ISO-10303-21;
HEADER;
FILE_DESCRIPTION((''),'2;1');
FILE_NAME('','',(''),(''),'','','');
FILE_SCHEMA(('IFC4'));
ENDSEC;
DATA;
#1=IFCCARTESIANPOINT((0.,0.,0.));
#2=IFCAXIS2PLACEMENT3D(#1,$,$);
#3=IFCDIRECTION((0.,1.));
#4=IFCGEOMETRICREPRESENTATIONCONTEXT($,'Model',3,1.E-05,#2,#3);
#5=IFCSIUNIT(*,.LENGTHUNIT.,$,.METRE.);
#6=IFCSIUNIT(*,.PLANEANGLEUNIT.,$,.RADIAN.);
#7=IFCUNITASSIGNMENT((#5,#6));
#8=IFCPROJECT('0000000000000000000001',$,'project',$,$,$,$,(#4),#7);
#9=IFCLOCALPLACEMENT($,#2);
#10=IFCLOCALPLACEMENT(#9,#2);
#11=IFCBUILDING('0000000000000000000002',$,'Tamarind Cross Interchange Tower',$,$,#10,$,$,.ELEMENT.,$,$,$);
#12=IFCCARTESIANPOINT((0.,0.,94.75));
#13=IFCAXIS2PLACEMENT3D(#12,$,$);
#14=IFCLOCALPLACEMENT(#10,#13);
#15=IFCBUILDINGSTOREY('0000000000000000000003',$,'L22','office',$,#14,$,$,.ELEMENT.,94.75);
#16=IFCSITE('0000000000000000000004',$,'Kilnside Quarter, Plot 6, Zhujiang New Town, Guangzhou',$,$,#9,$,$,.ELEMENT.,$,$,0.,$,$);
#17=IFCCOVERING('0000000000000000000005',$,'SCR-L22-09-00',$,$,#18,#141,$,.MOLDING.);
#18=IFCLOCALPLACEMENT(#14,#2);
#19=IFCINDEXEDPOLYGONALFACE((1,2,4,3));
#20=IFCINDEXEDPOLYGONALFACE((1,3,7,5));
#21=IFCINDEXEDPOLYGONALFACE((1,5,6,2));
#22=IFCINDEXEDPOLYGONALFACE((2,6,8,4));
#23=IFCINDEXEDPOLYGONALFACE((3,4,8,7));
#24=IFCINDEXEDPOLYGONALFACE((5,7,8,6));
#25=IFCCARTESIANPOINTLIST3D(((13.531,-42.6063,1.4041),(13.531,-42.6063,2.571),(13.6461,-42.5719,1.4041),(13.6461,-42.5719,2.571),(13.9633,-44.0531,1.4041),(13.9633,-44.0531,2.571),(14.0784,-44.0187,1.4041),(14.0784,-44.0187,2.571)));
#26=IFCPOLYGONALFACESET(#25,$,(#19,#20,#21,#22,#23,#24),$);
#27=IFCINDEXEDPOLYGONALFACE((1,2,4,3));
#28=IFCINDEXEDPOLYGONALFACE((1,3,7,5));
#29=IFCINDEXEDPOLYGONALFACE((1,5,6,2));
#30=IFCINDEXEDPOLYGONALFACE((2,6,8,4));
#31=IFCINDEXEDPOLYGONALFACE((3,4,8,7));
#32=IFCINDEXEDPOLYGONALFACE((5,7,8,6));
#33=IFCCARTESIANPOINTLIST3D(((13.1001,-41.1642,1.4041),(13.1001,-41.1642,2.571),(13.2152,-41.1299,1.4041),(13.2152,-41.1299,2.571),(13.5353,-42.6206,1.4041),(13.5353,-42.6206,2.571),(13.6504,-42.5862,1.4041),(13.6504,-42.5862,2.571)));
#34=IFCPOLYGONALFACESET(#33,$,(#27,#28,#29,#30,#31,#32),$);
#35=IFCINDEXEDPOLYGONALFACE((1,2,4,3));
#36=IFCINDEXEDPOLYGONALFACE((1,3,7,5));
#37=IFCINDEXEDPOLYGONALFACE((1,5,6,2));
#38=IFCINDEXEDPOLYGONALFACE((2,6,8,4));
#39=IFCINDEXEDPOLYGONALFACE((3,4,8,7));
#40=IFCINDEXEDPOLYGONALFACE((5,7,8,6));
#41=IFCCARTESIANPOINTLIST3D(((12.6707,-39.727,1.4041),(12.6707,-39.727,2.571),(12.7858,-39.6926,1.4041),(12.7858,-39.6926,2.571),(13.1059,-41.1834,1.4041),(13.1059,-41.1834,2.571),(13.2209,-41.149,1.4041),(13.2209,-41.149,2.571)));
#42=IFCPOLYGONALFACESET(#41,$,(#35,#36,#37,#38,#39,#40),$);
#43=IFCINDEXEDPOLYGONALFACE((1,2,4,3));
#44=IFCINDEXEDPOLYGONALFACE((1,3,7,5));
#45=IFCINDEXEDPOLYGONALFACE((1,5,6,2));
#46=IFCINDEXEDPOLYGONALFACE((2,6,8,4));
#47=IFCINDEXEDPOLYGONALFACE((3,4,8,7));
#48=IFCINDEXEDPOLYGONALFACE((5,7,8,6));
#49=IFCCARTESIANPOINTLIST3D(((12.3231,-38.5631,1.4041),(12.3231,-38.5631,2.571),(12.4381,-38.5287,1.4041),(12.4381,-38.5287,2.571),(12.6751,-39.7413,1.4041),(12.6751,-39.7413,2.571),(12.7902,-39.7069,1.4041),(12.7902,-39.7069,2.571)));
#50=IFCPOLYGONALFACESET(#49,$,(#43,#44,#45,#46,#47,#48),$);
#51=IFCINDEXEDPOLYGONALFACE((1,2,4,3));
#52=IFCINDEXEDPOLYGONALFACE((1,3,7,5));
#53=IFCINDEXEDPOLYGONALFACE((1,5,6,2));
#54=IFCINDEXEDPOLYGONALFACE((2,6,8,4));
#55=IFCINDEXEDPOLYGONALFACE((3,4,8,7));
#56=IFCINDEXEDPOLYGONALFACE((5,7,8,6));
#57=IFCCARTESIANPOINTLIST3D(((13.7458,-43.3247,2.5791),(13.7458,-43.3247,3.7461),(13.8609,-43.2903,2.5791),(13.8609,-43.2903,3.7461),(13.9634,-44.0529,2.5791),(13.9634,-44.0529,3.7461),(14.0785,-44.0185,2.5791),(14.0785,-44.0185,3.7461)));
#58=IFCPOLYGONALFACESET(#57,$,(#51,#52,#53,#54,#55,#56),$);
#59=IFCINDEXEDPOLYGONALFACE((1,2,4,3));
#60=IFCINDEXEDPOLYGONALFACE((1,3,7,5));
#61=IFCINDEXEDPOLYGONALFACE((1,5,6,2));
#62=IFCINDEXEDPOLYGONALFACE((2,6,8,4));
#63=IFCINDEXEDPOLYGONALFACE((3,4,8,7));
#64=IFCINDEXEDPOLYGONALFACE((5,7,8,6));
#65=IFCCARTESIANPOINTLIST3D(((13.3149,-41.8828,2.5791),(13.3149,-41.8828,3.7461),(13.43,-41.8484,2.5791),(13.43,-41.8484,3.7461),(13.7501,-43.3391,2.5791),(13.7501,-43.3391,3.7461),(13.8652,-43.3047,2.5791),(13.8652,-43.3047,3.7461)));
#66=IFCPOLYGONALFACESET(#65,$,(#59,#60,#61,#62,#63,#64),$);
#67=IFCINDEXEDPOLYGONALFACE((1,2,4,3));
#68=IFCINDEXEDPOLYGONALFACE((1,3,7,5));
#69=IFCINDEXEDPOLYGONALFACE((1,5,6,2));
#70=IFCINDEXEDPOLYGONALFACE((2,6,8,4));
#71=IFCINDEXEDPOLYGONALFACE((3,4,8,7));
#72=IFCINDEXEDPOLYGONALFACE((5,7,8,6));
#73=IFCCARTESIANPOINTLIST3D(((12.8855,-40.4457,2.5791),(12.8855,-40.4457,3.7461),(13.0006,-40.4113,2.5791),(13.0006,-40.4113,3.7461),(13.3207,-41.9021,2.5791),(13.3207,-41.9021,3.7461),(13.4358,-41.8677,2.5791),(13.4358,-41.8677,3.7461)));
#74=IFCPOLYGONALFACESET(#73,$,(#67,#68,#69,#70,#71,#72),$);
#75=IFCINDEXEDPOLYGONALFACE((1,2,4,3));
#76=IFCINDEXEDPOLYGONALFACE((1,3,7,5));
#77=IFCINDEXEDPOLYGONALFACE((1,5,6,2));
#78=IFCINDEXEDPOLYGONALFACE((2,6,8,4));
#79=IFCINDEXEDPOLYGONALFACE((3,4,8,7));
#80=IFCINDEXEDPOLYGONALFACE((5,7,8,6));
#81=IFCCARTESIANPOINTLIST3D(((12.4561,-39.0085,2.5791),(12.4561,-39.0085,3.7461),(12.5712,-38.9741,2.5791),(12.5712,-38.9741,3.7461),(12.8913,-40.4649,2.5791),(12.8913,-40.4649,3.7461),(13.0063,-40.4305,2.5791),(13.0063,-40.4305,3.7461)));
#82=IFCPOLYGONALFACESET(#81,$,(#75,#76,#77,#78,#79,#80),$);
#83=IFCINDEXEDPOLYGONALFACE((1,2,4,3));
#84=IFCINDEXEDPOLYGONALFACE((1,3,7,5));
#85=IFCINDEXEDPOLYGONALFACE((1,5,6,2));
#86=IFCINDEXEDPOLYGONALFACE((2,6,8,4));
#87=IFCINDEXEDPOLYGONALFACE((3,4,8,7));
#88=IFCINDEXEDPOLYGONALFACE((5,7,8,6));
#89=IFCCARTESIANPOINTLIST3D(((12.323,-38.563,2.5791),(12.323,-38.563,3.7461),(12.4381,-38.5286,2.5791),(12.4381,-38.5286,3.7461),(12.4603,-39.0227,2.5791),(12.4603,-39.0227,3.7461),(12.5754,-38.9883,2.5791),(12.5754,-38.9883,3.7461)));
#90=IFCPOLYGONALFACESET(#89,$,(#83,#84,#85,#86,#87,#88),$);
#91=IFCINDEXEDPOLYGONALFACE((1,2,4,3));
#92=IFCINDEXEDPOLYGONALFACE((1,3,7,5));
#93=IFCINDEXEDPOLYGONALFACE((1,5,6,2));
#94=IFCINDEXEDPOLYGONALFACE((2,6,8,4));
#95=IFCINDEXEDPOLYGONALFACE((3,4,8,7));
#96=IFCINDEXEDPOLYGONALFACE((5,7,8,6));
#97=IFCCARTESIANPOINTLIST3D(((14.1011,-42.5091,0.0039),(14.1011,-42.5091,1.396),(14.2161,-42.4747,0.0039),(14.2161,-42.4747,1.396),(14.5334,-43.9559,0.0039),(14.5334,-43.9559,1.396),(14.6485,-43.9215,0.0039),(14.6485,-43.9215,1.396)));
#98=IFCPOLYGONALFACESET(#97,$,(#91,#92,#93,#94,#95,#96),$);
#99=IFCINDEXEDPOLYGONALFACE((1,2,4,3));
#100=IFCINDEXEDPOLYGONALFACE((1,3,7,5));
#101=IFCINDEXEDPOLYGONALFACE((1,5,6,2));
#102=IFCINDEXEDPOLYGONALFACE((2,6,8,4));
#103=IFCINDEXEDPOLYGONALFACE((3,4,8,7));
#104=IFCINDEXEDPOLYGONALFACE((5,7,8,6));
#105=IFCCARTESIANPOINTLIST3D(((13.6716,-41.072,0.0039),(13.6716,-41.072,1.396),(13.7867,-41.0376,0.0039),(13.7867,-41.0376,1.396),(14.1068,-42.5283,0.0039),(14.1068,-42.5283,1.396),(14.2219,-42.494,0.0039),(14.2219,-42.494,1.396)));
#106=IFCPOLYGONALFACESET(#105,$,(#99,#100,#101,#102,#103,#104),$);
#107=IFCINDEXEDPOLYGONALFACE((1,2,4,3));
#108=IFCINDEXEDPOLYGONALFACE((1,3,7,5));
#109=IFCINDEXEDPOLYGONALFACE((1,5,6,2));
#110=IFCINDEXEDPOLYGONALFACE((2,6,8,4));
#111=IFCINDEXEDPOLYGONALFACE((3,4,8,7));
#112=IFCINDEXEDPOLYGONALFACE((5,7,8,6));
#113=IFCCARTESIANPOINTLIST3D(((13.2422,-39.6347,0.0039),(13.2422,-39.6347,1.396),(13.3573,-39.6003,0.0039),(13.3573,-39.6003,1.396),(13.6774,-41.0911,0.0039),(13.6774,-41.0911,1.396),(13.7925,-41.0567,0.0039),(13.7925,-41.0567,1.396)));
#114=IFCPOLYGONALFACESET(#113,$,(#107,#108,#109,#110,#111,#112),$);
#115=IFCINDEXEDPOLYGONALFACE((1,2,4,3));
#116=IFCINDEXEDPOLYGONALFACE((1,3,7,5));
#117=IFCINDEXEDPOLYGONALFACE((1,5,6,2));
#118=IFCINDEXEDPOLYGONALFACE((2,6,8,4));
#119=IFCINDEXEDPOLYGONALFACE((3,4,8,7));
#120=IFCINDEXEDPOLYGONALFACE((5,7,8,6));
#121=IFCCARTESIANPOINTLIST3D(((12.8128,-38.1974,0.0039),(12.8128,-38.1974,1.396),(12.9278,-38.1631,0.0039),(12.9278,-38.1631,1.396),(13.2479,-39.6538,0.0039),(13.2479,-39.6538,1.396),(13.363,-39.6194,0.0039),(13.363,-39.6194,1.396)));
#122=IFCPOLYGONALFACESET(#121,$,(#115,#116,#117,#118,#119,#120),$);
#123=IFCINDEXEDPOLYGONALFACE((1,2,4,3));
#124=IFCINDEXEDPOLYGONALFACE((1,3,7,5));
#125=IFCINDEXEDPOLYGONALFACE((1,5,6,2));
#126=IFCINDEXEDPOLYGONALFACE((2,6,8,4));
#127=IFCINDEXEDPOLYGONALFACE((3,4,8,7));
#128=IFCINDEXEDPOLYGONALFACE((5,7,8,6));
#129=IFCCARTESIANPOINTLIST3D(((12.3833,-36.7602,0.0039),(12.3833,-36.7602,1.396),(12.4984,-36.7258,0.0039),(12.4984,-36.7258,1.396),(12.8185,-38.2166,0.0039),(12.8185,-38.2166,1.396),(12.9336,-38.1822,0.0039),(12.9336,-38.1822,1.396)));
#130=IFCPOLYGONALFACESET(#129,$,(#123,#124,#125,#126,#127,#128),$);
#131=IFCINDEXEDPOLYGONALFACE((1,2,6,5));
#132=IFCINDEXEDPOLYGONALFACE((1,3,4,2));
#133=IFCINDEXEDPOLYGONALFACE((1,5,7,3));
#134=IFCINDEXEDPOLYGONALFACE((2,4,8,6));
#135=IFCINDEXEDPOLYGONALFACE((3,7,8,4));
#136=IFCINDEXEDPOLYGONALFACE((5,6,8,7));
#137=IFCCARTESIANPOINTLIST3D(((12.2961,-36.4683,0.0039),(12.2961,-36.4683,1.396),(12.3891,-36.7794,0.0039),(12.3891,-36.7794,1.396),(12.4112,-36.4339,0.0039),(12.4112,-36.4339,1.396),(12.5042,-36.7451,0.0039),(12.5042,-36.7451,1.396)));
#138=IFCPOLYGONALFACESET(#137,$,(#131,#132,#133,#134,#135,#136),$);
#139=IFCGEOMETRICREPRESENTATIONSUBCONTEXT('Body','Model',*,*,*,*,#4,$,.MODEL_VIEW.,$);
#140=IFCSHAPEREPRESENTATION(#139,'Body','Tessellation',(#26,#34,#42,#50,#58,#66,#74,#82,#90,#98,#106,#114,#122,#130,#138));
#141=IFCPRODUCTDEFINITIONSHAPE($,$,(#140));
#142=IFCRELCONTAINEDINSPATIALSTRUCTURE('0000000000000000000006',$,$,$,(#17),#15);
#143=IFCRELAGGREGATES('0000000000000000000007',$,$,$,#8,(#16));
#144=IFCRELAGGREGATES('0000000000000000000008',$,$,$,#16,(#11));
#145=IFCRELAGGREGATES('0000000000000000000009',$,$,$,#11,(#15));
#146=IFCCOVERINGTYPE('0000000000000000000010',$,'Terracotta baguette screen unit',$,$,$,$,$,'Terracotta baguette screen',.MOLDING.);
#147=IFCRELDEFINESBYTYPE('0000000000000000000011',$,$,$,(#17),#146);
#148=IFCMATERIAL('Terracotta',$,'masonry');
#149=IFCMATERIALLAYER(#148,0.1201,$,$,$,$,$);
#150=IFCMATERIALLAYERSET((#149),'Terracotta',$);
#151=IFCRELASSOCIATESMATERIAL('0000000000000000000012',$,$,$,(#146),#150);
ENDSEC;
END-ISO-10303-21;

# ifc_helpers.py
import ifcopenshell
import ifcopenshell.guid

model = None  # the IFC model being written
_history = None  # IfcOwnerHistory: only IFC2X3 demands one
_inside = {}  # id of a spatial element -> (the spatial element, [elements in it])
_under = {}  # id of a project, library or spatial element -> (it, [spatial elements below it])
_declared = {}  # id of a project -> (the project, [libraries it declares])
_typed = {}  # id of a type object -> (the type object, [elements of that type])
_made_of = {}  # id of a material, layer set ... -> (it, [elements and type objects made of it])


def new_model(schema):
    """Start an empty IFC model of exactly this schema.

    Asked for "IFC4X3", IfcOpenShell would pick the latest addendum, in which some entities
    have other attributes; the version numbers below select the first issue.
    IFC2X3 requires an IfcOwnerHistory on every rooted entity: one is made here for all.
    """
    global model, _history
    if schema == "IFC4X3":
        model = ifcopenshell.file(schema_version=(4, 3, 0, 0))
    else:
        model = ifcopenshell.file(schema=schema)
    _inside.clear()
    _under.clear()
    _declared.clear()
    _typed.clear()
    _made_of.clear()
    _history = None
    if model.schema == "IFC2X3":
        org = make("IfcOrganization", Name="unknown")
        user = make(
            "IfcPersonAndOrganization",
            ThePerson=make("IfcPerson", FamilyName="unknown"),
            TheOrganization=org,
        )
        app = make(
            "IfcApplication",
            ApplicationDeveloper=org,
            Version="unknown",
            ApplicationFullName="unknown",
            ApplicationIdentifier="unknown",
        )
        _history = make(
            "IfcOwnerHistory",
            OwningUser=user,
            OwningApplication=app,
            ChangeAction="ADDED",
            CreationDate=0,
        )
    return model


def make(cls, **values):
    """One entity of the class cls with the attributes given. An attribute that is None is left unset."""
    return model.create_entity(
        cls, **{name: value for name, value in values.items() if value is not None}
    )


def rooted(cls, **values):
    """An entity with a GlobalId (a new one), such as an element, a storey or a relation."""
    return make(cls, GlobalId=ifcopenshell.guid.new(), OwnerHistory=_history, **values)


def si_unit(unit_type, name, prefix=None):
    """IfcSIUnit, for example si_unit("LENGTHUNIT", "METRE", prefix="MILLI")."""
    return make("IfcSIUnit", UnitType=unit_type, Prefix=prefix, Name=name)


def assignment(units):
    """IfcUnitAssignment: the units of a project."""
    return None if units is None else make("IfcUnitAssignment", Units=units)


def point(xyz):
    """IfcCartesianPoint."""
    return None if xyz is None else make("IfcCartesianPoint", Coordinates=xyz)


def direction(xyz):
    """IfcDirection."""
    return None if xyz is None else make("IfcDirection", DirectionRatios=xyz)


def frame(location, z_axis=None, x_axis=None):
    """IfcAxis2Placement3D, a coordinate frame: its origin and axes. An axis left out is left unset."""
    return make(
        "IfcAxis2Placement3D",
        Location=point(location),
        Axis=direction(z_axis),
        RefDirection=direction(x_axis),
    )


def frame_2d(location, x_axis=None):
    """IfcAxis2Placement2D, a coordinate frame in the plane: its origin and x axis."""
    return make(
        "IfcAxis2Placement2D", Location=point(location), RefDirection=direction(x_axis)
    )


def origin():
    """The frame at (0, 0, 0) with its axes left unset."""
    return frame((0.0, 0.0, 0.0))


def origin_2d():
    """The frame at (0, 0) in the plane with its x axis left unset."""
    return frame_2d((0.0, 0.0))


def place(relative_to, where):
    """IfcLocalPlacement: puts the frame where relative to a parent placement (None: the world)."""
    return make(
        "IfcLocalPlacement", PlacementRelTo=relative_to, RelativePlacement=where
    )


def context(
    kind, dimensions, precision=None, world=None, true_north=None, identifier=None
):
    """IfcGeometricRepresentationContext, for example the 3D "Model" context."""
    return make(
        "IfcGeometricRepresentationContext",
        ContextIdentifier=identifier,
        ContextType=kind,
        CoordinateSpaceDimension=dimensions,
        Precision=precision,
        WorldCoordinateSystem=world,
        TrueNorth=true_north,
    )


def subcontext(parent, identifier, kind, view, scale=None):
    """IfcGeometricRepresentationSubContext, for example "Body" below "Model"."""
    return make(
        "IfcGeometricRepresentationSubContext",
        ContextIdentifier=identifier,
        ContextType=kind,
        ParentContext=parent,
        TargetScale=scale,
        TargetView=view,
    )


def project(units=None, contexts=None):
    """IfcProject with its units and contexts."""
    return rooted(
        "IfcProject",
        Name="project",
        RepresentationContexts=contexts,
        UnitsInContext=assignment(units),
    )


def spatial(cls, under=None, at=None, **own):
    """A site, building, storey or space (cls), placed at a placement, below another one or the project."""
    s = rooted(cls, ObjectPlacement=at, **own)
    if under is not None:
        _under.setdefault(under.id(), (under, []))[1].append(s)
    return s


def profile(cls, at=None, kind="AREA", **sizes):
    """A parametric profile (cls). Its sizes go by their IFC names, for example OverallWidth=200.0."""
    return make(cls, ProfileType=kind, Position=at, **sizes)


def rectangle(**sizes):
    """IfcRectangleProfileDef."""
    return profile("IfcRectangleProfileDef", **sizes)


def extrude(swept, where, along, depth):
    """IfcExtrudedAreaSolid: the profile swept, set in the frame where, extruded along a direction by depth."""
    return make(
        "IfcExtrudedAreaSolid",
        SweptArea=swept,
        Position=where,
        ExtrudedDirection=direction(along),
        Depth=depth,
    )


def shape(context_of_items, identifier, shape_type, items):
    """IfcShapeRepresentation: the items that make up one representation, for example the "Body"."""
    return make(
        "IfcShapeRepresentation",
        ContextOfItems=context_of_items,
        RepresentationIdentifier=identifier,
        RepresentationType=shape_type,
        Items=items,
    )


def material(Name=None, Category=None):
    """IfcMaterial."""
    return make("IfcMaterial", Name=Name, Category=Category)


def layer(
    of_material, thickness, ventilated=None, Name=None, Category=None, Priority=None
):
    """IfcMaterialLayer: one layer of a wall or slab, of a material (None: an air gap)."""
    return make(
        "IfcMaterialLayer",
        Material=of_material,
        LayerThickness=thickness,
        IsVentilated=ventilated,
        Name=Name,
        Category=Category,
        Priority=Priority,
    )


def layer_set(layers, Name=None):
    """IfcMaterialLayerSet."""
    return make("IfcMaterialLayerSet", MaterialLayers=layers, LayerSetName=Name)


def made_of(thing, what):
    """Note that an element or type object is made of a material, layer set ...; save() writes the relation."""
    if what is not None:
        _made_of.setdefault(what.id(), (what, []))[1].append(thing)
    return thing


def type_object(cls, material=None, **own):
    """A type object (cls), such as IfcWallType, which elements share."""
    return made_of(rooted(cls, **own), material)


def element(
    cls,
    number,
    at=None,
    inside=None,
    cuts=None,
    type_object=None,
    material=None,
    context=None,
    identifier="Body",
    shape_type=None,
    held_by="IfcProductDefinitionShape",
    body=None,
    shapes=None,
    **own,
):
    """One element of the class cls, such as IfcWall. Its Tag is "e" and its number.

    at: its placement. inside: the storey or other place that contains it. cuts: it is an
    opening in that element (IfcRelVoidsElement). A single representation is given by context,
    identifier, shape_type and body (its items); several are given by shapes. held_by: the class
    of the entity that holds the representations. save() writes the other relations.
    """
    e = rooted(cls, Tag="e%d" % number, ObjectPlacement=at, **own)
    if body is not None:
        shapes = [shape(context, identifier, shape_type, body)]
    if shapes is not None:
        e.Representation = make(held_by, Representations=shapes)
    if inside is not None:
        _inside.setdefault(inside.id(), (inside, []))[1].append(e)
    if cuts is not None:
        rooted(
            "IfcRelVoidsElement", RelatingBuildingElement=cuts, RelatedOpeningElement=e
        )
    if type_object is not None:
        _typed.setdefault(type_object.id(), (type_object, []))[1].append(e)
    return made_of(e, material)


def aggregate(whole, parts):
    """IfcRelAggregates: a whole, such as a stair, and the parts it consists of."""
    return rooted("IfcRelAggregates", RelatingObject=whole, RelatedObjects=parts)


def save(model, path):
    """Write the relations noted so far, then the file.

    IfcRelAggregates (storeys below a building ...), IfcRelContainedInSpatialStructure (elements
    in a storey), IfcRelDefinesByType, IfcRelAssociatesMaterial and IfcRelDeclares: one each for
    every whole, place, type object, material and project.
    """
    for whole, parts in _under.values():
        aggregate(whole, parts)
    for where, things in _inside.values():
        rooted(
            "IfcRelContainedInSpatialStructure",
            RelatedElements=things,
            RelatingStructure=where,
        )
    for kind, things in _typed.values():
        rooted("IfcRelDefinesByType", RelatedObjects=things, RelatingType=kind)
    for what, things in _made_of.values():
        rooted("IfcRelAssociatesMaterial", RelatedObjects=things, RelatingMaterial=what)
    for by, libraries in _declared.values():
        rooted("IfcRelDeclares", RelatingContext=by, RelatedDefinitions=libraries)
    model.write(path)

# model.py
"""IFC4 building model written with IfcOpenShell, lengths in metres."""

from ifc_helpers import new_model, si_unit, direction, frame, origin, origin_2d, place, context, subcontext, project, spatial, rectangle, extrude, material, layer, layer_set, type_object, element, save


model = new_model("IFC4")

# Units and contexts
model_context = context("Model", 3, precision=1e-05, world=origin(), true_north=direction((0.0, 1.0)))
body_context = subcontext(model_context, "Body", "Model", "MODEL_VIEW")
ifc_project = project(units=[si_unit("LENGTHUNIT", "METRE"), si_unit("PLANEANGLEUNIT", "RADIAN")], contexts=[model_context])

# Site, building, storey
site_placement = place(None, origin())
site = spatial("IfcSite", under=ifc_project, at=site_placement, Name="Kilnside Quarter, Plot 6, Zhujiang New Town, Guangzhou", CompositionType="ELEMENT", RefElevation=0.0)
building_placement = place(site_placement, origin())
building = spatial("IfcBuilding", under=site, at=building_placement, Name="Tamarind Cross Interchange Tower", CompositionType="ELEMENT")
storey_placement = place(building_placement, frame((0.0, 0.0, 94.75)))
storey = spatial("IfcBuildingStorey", under=building, at=storey_placement, Name="L22", Description="office", CompositionType="ELEMENT", Elevation=94.75)

# Covering
ifc_material_1 = material(Name="Terracotta", Category="masonry")
ifc_layer_1 = layer(ifc_material_1, 0.1201)
ifc_layer_set_1 = layer_set([ifc_layer_1], Name="Terracotta")
covering_type = type_object("IfcCoveringType", Name="Terracotta baguette screen unit", ElementType="Terracotta baguette screen", PredefinedType="MOLDING", material=ifc_layer_set_1)
covering_1_placement = place(storey_placement, origin())
element("IfcCovering", 1, at=covering_1_placement, inside=storey, type_object=covering_type, Name="SCR-L22-09-00", PredefinedType="MOLDING", context=body_context, shape_type="SweptSolid", body=[
    extrude(rectangle(XDim=1.51, YDim=0.1201, at=origin_2d()), frame((13.8047, -43.3125, 1.4041), z_axis=(0.0, 0.0, 1.0), x_axis=(-0.286304, 0.958139, 0.0)), (0.0, 0.0, 1.0), 1.167),
    extrude(rectangle(XDim=1.52, YDim=0.1201, at=origin_2d()), frame((13.3752, -41.8752, 1.4041), z_axis=(0.0, 0.0, 1.0), x_axis=(-0.286304, 0.958139, 0.0)), (0.0, 0.0, 1.0), 1.167),
    extrude(rectangle(XDim=1.52, YDim=0.1201, at=origin_2d()), frame((12.9458, -40.438, 1.4041), z_axis=(0.0, 0.0, 1.0), x_axis=(-0.286304, 0.958139, 0.0)), (0.0, 0.0, 1.0), 1.167),
    extrude(rectangle(XDim=1.2297, YDim=0.1201, at=origin_2d()), frame((12.5566, -39.135, 1.4041), z_axis=(0.0, 0.0, 1.0), x_axis=(-0.286304, 0.958139, 0.0)), (0.0, 0.0, 1.0), 1.167),
    extrude(rectangle(XDim=0.76, YDim=0.1201, at=origin_2d()), frame((13.9121, -43.6716, 2.5791), z_axis=(0.0, 0.0, 1.0), x_axis=(-0.286304, 0.958139, 0.0)), (0.0, 0.0, 1.0), 1.167),
    extrude(rectangle(XDim=1.52, YDim=0.1201, at=origin_2d()), frame((13.5901, -42.5938, 2.5791), z_axis=(0.0, 0.0, 1.0), x_axis=(-0.286304, 0.958139, 0.0)), (0.0, 0.0, 1.0), 1.167),
    extrude(rectangle(XDim=1.52, YDim=0.1201, at=origin_2d()), frame((13.1606, -41.1567, 2.5791), z_axis=(0.0, 0.0, 1.0), x_axis=(-0.286304, 0.958139, 0.0)), (0.0, 0.0, 1.0), 1.167),
    extrude(rectangle(XDim=1.52, YDim=0.1201, at=origin_2d()), frame((12.7312, -39.7195, 2.5791), z_axis=(0.0, 0.0, 1.0), x_axis=(-0.286304, 0.958139, 0.0)), (0.0, 0.0, 1.0), 1.167),
    extrude(rectangle(XDim=0.4797, YDim=0.1201, at=origin_2d()), frame((12.4492, -38.7756, 2.5791), z_axis=(0.0, 0.0, 1.0), x_axis=(-0.286304, 0.958139, 0.0)), (0.0, 0.0, 1.0), 1.167),
    extrude(rectangle(XDim=1.51, YDim=0.1201, at=origin_2d()), frame((14.3748, -43.2153, 0.0039), z_axis=(0.0, 0.0, 1.0), x_axis=(-0.286304, 0.958139, 0.0)), (0.0, 0.0, 1.0), 1.3921),
    extrude(rectangle(XDim=1.52, YDim=0.1201, at=origin_2d()), frame((13.9468, -41.783, 0.0039), z_axis=(0.0, 0.0, 1.0), x_axis=(-0.286304, 0.958139, 0.0)), (0.0, 0.0, 1.0), 1.3921),
    extrude(rectangle(XDim=1.52, YDim=0.1201, at=origin_2d()), frame((13.5173, -40.3457, 0.0039), z_axis=(0.0, 0.0, 1.0), x_axis=(-0.286304, 0.958139, 0.0)), (0.0, 0.0, 1.0), 1.3921),
    extrude(rectangle(XDim=1.52, YDim=0.1201, at=origin_2d()), frame((13.0879, -38.9084, 0.0039), z_axis=(0.0, 0.0, 1.0), x_axis=(-0.286304, 0.958139, 0.0)), (0.0, 0.0, 1.0), 1.3921),
    extrude(rectangle(XDim=1.52, YDim=0.1201, at=origin_2d()), frame((12.6584, -37.4712, 0.0039), z_axis=(0.0, 0.0, 1.0), x_axis=(-0.286304, 0.958139, 0.0)), (0.0, 0.0, 1.0), 1.3921),
    extrude(rectangle(XDim=0.3247, YDim=0.1201, at=origin_2d()), frame((12.4001, -36.6067, 0.0039), z_axis=(0.0, 0.0, 1.0), x_axis=(-0.286304, 0.958139, 0.0)), (0.0, 0.0, 1.0), 1.3921),
])

save(model, "model.ifc")
